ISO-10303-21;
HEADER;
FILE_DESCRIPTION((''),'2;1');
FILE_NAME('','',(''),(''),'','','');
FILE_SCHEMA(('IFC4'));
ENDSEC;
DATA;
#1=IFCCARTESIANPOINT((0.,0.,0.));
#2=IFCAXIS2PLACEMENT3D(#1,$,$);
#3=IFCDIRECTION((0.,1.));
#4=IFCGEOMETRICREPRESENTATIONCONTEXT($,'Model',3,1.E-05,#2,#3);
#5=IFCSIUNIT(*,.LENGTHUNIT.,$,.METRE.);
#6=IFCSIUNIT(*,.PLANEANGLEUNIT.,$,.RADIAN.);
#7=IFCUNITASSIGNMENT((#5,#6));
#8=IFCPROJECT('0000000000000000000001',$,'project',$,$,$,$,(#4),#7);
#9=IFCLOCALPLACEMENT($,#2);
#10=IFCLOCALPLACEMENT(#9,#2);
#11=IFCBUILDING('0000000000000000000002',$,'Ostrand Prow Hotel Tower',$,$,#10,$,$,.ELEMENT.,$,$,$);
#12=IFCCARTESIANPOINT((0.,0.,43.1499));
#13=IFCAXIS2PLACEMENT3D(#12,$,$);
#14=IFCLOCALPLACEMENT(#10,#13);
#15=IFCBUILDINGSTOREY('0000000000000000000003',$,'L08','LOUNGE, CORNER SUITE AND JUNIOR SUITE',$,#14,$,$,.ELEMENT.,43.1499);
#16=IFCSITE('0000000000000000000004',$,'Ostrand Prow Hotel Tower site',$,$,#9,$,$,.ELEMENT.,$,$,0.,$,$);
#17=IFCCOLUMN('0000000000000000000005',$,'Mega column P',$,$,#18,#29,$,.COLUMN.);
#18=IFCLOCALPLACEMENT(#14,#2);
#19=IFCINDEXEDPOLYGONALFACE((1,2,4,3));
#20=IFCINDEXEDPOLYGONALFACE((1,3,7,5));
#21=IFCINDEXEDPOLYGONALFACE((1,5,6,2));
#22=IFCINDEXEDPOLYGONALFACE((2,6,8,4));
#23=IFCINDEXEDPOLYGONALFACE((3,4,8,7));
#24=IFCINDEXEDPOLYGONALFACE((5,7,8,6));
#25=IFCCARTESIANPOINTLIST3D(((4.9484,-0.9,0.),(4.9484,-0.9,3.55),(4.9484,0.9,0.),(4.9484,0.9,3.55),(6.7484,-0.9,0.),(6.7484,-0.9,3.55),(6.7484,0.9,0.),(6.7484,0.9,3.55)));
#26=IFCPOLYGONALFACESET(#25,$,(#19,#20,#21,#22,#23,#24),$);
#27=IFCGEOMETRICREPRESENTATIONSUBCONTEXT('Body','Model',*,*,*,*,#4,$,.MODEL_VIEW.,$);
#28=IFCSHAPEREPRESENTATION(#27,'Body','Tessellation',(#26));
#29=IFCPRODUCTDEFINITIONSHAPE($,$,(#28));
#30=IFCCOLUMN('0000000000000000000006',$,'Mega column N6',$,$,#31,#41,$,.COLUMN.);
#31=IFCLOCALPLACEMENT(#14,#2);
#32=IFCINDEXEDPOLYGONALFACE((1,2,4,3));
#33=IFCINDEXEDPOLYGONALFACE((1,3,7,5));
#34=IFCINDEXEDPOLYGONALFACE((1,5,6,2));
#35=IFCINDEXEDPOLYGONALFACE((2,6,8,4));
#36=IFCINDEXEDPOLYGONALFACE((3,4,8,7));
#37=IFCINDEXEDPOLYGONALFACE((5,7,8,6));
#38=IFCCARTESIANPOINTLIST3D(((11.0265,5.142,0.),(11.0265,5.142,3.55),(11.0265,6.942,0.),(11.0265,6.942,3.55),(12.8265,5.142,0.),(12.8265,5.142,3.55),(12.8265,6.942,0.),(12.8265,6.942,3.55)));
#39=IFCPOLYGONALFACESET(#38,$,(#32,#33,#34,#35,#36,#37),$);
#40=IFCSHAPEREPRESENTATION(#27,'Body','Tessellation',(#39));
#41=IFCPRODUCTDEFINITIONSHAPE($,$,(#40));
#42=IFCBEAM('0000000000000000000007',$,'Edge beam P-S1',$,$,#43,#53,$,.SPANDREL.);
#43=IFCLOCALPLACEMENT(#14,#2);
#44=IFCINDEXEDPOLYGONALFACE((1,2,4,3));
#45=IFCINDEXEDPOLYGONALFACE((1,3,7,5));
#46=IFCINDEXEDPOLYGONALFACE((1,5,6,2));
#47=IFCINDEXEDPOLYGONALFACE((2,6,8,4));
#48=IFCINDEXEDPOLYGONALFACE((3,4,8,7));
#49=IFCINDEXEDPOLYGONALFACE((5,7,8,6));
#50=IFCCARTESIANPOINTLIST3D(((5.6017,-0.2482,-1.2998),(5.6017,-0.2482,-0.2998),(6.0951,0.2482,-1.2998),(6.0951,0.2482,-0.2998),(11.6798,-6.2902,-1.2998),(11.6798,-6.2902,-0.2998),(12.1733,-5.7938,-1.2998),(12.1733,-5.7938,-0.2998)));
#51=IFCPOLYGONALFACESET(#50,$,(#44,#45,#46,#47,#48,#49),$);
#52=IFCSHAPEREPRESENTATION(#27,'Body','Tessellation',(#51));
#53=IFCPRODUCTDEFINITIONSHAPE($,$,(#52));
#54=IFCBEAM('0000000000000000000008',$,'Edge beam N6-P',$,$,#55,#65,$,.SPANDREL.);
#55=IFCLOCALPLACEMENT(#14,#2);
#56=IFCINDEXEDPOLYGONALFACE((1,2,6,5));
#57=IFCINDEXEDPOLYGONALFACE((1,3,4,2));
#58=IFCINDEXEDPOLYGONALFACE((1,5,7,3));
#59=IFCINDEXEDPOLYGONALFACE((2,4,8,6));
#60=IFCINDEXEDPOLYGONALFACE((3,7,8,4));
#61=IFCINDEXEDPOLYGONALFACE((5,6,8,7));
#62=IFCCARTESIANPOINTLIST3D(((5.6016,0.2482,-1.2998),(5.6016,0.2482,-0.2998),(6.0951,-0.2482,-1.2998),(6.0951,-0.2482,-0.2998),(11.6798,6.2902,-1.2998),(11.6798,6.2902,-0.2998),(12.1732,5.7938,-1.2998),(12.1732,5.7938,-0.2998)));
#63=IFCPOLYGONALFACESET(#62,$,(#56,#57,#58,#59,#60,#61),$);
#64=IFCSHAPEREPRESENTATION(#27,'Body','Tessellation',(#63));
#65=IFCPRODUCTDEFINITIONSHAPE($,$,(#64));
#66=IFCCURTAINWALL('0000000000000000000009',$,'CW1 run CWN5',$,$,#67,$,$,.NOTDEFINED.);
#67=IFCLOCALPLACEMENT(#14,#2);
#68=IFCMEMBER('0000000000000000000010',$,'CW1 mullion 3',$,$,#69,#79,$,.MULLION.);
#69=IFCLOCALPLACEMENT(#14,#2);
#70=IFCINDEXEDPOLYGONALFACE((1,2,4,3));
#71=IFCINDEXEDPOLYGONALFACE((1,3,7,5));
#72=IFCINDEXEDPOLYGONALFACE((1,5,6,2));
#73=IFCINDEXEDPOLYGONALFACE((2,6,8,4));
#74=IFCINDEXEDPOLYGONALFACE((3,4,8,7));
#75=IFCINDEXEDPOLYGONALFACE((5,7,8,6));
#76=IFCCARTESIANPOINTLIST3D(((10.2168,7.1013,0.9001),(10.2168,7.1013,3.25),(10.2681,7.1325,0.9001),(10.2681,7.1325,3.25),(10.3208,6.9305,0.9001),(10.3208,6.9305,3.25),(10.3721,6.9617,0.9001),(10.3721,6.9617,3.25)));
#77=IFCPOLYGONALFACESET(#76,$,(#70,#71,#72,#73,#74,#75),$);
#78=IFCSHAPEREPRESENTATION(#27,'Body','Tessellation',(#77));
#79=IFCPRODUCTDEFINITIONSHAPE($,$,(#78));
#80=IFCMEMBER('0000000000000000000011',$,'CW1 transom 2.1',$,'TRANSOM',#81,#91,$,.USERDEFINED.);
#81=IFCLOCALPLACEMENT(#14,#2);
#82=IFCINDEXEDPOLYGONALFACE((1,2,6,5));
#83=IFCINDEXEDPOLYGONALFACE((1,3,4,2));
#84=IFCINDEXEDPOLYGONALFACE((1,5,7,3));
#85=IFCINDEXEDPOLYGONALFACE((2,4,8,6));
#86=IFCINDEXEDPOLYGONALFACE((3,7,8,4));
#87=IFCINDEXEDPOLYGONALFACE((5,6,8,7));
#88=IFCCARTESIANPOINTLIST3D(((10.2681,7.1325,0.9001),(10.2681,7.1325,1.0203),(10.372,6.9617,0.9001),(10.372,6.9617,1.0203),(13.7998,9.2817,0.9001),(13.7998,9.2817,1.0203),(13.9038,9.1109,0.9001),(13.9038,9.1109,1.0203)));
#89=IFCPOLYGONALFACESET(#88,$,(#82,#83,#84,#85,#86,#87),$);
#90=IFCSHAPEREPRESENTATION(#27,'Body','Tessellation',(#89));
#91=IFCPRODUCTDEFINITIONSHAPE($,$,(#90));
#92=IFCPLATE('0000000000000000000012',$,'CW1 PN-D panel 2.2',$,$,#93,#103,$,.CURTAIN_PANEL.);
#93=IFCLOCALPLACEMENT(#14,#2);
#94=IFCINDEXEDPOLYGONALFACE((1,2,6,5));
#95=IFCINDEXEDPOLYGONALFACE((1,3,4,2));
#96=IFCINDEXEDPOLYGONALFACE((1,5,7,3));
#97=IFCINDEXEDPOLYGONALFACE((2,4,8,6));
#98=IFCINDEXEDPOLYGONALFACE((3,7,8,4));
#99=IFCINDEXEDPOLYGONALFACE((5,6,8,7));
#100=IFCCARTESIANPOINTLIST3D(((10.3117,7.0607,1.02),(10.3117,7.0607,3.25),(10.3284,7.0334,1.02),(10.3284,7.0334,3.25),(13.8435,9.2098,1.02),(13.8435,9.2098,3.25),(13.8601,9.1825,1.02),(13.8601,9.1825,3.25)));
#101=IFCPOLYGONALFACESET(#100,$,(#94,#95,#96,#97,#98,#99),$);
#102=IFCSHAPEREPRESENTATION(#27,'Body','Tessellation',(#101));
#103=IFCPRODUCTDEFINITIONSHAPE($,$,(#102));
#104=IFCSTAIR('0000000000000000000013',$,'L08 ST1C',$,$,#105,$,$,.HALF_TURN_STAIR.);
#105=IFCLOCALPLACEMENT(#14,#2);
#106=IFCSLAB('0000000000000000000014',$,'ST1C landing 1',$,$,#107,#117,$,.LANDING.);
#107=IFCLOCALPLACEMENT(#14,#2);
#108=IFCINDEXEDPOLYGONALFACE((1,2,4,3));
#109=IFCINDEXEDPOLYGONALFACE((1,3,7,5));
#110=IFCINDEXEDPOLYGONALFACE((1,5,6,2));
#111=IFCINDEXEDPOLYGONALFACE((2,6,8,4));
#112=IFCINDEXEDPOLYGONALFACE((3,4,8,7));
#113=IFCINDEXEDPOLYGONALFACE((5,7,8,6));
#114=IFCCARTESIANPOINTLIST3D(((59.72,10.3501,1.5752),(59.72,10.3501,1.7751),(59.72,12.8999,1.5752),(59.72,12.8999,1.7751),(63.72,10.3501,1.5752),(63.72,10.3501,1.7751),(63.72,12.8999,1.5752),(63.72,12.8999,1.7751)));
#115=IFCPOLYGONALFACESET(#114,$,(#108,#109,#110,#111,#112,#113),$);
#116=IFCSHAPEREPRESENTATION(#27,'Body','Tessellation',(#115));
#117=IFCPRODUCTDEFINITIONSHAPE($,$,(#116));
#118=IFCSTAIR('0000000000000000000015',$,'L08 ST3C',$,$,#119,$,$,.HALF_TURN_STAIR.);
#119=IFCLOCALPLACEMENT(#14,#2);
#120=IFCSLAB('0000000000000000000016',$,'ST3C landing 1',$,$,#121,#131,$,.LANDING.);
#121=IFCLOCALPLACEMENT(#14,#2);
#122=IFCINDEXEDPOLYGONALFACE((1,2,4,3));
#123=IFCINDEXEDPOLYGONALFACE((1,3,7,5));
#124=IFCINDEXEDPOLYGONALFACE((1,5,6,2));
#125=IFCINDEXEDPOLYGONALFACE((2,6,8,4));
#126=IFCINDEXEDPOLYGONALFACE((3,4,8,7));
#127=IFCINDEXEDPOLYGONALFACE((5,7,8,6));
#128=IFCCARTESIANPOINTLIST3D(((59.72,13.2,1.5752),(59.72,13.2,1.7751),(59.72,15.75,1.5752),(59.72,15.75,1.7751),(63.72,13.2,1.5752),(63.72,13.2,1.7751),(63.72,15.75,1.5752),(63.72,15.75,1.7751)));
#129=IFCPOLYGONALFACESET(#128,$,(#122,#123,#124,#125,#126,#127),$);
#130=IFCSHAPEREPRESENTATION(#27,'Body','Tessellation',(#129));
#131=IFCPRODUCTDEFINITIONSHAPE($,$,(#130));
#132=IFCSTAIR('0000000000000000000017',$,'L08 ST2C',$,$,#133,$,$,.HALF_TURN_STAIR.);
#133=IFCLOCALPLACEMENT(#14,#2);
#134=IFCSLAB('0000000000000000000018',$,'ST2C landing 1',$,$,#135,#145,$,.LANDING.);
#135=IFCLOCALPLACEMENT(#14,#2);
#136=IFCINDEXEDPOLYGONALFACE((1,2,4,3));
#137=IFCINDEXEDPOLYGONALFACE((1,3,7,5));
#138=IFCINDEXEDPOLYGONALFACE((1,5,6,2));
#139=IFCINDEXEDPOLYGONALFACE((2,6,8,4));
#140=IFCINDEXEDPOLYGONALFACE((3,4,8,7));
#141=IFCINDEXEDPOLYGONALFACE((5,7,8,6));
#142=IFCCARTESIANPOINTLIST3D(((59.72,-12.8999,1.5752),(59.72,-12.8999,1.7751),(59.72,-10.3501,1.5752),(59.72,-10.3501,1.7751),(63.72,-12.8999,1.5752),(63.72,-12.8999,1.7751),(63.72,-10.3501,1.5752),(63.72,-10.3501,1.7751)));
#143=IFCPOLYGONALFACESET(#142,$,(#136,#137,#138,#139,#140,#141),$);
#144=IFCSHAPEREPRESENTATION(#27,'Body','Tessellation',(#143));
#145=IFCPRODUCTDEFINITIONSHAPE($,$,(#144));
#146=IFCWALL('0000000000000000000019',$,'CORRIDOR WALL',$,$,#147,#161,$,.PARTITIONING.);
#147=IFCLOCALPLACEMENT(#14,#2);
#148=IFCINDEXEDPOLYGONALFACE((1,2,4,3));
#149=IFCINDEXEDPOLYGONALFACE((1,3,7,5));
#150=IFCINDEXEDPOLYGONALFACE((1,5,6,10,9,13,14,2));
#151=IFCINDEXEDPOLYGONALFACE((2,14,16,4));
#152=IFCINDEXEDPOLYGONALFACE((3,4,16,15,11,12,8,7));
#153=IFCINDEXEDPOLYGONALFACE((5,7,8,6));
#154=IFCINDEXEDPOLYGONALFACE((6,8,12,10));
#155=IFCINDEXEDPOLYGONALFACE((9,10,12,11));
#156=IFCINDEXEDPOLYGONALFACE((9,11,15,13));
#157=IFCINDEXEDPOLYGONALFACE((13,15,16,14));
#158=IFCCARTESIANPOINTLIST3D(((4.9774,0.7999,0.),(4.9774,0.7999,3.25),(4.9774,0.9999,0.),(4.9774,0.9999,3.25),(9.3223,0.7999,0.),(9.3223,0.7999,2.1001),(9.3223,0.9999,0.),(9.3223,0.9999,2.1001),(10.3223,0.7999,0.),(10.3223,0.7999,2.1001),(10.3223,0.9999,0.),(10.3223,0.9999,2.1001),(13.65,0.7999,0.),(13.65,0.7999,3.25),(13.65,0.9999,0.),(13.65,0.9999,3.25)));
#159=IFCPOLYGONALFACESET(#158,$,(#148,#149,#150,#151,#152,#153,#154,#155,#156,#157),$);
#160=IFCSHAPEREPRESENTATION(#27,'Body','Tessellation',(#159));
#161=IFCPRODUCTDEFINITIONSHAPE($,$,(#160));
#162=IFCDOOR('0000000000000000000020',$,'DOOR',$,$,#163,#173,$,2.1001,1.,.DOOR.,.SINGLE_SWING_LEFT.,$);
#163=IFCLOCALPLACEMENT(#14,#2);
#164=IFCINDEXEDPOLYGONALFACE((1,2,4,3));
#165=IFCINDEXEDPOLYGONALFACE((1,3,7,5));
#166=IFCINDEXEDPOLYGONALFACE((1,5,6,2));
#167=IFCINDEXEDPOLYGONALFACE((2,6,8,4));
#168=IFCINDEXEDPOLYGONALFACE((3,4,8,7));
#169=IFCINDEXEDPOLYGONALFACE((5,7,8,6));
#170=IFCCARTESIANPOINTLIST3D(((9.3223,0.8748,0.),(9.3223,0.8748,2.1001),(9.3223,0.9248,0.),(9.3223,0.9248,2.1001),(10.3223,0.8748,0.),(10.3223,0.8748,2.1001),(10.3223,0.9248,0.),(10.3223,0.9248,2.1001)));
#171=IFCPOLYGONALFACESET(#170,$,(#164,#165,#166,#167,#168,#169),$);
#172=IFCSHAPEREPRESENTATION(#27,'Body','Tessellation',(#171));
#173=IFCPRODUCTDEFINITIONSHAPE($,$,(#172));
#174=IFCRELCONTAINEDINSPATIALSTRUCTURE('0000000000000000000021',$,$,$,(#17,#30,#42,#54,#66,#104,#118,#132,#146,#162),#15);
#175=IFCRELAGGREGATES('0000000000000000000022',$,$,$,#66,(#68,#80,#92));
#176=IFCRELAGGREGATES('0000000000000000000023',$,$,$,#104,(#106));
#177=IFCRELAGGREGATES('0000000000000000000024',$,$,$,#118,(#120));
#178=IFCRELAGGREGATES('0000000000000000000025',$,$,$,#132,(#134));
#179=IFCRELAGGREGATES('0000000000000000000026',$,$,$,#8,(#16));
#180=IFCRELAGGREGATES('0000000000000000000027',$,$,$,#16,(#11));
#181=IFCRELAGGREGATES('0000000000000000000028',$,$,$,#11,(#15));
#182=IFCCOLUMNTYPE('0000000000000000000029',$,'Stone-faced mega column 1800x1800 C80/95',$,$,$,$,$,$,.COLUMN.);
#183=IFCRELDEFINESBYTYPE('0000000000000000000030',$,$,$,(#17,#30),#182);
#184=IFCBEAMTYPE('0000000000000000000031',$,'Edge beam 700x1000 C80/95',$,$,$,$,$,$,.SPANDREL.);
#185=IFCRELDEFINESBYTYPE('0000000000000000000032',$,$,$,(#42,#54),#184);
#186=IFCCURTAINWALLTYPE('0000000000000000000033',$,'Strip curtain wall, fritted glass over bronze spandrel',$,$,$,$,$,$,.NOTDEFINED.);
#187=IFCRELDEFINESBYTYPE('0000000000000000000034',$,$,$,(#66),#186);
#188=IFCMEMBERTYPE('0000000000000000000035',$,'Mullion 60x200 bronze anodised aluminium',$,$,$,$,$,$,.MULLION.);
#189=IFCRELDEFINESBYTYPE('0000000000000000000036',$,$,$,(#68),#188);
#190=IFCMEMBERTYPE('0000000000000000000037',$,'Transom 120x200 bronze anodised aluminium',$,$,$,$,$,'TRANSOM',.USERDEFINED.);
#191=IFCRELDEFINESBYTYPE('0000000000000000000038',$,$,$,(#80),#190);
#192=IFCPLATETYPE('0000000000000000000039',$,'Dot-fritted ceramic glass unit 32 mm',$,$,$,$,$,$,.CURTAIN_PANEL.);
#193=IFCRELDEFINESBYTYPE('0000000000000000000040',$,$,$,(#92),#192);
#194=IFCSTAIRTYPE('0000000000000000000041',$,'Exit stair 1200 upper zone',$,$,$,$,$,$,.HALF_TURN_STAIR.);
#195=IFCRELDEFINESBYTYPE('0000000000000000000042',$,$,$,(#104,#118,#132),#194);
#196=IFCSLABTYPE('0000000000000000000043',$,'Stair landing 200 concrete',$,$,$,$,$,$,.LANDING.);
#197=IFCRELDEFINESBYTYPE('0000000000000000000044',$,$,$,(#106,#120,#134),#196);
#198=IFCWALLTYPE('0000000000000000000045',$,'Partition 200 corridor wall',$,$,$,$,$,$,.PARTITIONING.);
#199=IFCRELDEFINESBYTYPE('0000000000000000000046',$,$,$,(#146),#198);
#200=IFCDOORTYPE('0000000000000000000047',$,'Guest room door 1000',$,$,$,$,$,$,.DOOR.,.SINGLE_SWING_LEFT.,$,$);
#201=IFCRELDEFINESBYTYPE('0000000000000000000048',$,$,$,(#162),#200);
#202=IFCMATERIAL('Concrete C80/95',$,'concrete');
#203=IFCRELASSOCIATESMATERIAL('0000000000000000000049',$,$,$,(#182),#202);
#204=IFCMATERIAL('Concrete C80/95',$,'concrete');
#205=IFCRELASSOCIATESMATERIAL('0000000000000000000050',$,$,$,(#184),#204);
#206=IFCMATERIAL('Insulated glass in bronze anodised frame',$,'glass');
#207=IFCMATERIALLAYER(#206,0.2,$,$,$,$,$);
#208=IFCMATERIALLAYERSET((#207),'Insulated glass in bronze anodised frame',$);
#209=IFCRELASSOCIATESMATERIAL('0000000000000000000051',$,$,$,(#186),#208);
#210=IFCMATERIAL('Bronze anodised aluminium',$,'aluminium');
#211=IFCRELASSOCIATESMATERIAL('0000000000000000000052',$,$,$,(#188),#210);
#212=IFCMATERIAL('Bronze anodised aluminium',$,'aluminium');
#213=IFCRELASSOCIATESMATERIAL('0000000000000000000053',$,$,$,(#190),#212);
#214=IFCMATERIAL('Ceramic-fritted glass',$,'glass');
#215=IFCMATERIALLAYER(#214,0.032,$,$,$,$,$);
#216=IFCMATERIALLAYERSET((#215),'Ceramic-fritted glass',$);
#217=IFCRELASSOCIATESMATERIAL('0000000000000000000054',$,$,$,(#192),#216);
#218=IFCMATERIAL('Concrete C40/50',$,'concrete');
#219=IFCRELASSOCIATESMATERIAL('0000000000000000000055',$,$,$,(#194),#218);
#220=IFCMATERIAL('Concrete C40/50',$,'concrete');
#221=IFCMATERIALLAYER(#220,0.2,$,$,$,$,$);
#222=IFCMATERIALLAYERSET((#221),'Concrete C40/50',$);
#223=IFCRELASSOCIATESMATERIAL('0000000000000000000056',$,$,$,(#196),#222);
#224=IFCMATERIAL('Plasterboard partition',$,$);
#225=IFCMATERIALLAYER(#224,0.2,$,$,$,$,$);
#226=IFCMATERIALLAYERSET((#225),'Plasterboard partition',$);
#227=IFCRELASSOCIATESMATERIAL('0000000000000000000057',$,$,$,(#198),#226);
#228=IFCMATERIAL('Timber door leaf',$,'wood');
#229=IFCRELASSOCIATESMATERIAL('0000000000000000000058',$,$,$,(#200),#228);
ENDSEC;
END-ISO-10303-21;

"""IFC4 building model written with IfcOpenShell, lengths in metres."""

from ifc_helpers import new_model, si_unit, direction, frame, frame_2d, origin, origin_2d, place, context, subcontext, project, spatial, polyline, rectangle, outline, extrude, material, layer, layer_set, material_profile, profile_set, type_object, element, fill, aggregate, save


model = new_model("IFC4")

# Units and contexts
model_context = context("Model", 3, precision=1e-05, world=origin(), true_north=direction((0.0, 1.0)))
body_context = subcontext(model_context, "Body", "Model", "MODEL_VIEW")
ifc_project = project(units=[si_unit("LENGTHUNIT", "METRE"), si_unit("PLANEANGLEUNIT", "RADIAN")], contexts=[model_context])

# Site, building, storey
site_placement = place(None, origin())
site = spatial("IfcSite", under=ifc_project, at=site_placement, Name="Ostrand Prow Hotel Tower site", CompositionType="ELEMENT", RefElevation=0.0)
building_placement = place(site_placement, origin())
building = spatial("IfcBuilding", under=site, at=building_placement, Name="Ostrand Prow Hotel Tower", CompositionType="ELEMENT")
storey_placement = place(building_placement, frame((0.0, 0.0, 43.1499)))
storey = spatial("IfcBuildingStorey", under=building, at=storey_placement, Name="L08", Description="LOUNGE, CORNER SUITE AND JUNIOR SUITE", CompositionType="ELEMENT", Elevation=43.1499)

# Columns
ifc_material_1 = material(Name="Concrete C80/95", Category="concrete")
ifc_material_profile_1 = material_profile(ifc_material_1, rectangle(XDim=1.8, YDim=1.8, at=origin_2d()), Name="RC 1800x1800")
ifc_profile_set_1 = profile_set([ifc_material_profile_1], Name="Concrete C80/95")
column_type = type_object("IfcColumnType", Name="Stone-faced mega column 1800x1800 C80/95", PredefinedType="COLUMN", material=ifc_profile_set_1)
for number, where, z_axis, x_axis, name in (
    (1, (5.8484, 0.0, 0.0), (0.0, 0.0, 1.0), (1.0, 0.0, 0.0), "Mega column P"),
    (2, (11.9265, 6.042, 0.0), (0.0, 0.0, 1.0), (1.0, 0.0, 0.0), "Mega column N6"),
):
    element("IfcColumn", number, at=place(storey_placement, frame(where, z_axis=z_axis, x_axis=x_axis)), inside=storey, type_object=column_type, Name=name, PredefinedType="COLUMN", context=body_context, shape_type="SweptSolid", body=[
        extrude(rectangle(XDim=1.8, YDim=1.8, at=origin_2d()), origin(), (0.0, 0.0, 1.0), 3.55),
    ])

# Beams
ifc_material_2 = material(Name="Concrete C80/95", Category="concrete")
ifc_material_profile_2 = material_profile(ifc_material_2, rectangle(XDim=0.7, YDim=1.0, at=origin_2d()), Name="RC 700x1000")
ifc_profile_set_2 = profile_set([ifc_material_profile_2], Name="Concrete C80/95")
beam_type = type_object("IfcBeamType", Name="Edge beam 700x1000 C80/95", PredefinedType="SPANDREL", material=ifc_profile_set_2)
for number, where, z_axis, x_axis, name in (
    (3, (5.8484, 0.0, -0.7998), (0.709212, -0.704996, 0.0), (0.704996, 0.709212, 0.0), "Edge beam P-S1"),
    (4, (11.9265, 6.042, -0.7998), (-0.709212, -0.704996, 0.0), (0.704996, -0.709212, 0.0), "Edge beam N6-P"),
):
    element("IfcBeam", number, at=place(storey_placement, frame(where, z_axis=z_axis, x_axis=x_axis)), inside=storey, type_object=beam_type, Name=name, PredefinedType="SPANDREL", context=body_context, shape_type="SweptSolid", body=[
        extrude(rectangle(XDim=0.7, YDim=1.0, at=origin_2d()), origin(), (0.0, 0.0, 1.0), 8.5703),
    ])

# Curtain wall, members, plate
ifc_material_3 = material(Name="Insulated glass in bronze anodised frame", Category="glass")
ifc_layer_1 = layer(ifc_material_3, 0.2)
ifc_layer_set_1 = layer_set([ifc_layer_1], Name="Insulated glass in bronze anodised frame")
curtain_wall_type = type_object("IfcCurtainWallType", Name="Strip curtain wall, fritted glass over bronze spandrel", PredefinedType="NOTDEFINED", material=ifc_layer_set_1)
curtain_wall_placement = place(storey_placement, origin())
curtain_wall = element("IfcCurtainWall", 5, at=curtain_wall_placement, inside=storey, type_object=curtain_wall_type, Name="CW1 run CWN5", PredefinedType="NOTDEFINED")
ifc_material_4 = material(Name="Bronze anodised aluminium", Category="aluminium")
ifc_material_profile_3 = material_profile(ifc_material_4, rectangle(XDim=0.2, YDim=0.0601, at=origin_2d()), Name="Mullion 60x200 bronze anodised aluminium")
ifc_profile_set_3 = profile_set([ifc_material_profile_3], Name="Bronze anodised aluminium")
member_type_1 = type_object("IfcMemberType", Name="Mullion 60x200 bronze anodised aluminium", PredefinedType="MULLION", material=ifc_profile_set_3)
member_1_placement = place(storey_placement, frame((10.2944, 7.0315, 0.9001), z_axis=(0.0, 0.0, 1.0), x_axis=(0.519831, -0.854269, 0.0)))
member_1 = element("IfcMember", 6, at=member_1_placement, type_object=member_type_1, Name="CW1 mullion 3", PredefinedType="MULLION", context=body_context, shape_type="SweptSolid", body=[
    extrude(rectangle(XDim=0.2, YDim=0.0601, at=origin_2d()), origin(), (0.0, 0.0, 1.0), 2.3499),
])
ifc_material_5 = material(Name="Bronze anodised aluminium", Category="aluminium")
ifc_material_profile_4 = material_profile(ifc_material_5, rectangle(XDim=0.2, YDim=0.1201, at=origin_2d()), Name="Transom 120x200 bronze anodised aluminium")
ifc_profile_set_4 = profile_set([ifc_material_profile_4], Name="Bronze anodised aluminium")
member_type_2 = type_object("IfcMemberType", Name="Transom 120x200 bronze anodised aluminium", ElementType="TRANSOM", PredefinedType="USERDEFINED", material=ifc_profile_set_4)
member_2_placement = place(storey_placement, frame((13.8518, 9.1963, 0.9602), z_axis=(-0.854261, -0.519844, 0.0), x_axis=(0.519844, -0.854261, 0.0)))
member_2 = element("IfcMember", 7, at=member_2_placement, type_object=member_type_2, Name="CW1 transom 2.1", ObjectType="TRANSOM", PredefinedType="USERDEFINED", context=body_context, shape_type="SweptSolid", body=[
    extrude(rectangle(XDim=0.2, YDim=0.1201, at=origin_2d()), origin(), (0.0, 0.0, 1.0), 4.1343),
])
ifc_material_6 = material(Name="Ceramic-fritted glass", Category="glass")
ifc_layer_2 = layer(ifc_material_6, 0.032)
ifc_layer_set_2 = layer_set([ifc_layer_2], Name="Ceramic-fritted glass")
plate_type = type_object("IfcPlateType", Name="Dot-fritted ceramic glass unit 32 mm", PredefinedType="CURTAIN_PANEL", material=ifc_layer_set_2)
plate_placement = place(storey_placement, frame((12.0859, 8.1216, 1.02), z_axis=(0.0, 0.0, 1.0), x_axis=(-0.854269, -0.519831, 0.0)))
plate = element("IfcPlate", 8, at=plate_placement, type_object=plate_type, Name="CW1 PN-D panel 2.2", PredefinedType="CURTAIN_PANEL", context=body_context, shape_type="SweptSolid", body=[
    extrude(rectangle(XDim=4.1343, YDim=0.032, at=origin_2d()), origin(), (0.0, 0.0, 1.0), 2.23),
])
aggregate(curtain_wall, [member_1, member_2, plate])

# Stairs, slabs
ifc_material_7 = material(Name="Concrete C40/50", Category="concrete")
stair_type = type_object("IfcStairType", Name="Exit stair 1200 upper zone", PredefinedType="HALF_TURN_STAIR", material=ifc_material_7)
stair_1_placement = place(storey_placement, origin())
stair_1 = element("IfcStair", 9, at=stair_1_placement, inside=storey, type_object=stair_type, Name="L08 ST1C", PredefinedType="HALF_TURN_STAIR")
ifc_material_8 = material(Name="Concrete C40/50", Category="concrete")
ifc_layer_3 = layer(ifc_material_8, 0.2)
ifc_layer_set_3 = layer_set([ifc_layer_3], Name="Concrete C40/50")
slab_type = type_object("IfcSlabType", Name="Stair landing 200 concrete", PredefinedType="LANDING", material=ifc_layer_set_3)
slab_1_placement = place(storey_placement, frame((0.0, 0.0, 1.5752)))
slab_1 = element("IfcSlab", 10, at=slab_1_placement, type_object=slab_type, Name="ST1C landing 1", PredefinedType="LANDING", context=body_context, shape_type="SweptSolid", body=[
    extrude(outline(polyline([(59.72, 10.3501), (63.72, 10.3501), (63.72, 12.8999), (59.72, 12.8999), (59.72, 10.3501)])), origin(), (0.0, 0.0, 1.0), 0.2),
])
aggregate(stair_1, [slab_1])
stair_2_placement = place(storey_placement, origin())
stair_2 = element("IfcStair", 11, at=stair_2_placement, inside=storey, type_object=stair_type, Name="L08 ST3C", PredefinedType="HALF_TURN_STAIR")
slab_2_placement = place(storey_placement, frame((0.0, 0.0, 1.5752)))
slab_2 = element("IfcSlab", 12, at=slab_2_placement, type_object=slab_type, Name="ST3C landing 1", PredefinedType="LANDING", context=body_context, shape_type="SweptSolid", body=[
    extrude(outline(polyline([(59.72, 13.2), (63.72, 13.2), (63.72, 15.75), (59.72, 15.75), (59.72, 13.2)])), origin(), (0.0, 0.0, 1.0), 0.2),
])
aggregate(stair_2, [slab_2])
stair_3_placement = place(storey_placement, origin())
stair_3 = element("IfcStair", 13, at=stair_3_placement, inside=storey, type_object=stair_type, Name="L08 ST2C", PredefinedType="HALF_TURN_STAIR")
slab_3_placement = place(storey_placement, frame((0.0, 0.0, 1.5752)))
slab_3 = element("IfcSlab", 14, at=slab_3_placement, type_object=slab_type, Name="ST2C landing 1", PredefinedType="LANDING", context=body_context, shape_type="SweptSolid", body=[
    extrude(outline(polyline([(59.72, -12.8999), (63.72, -12.8999), (63.72, -10.3501), (59.72, -10.3501), (59.72, -12.8999)])), origin(), (0.0, 0.0, 1.0), 0.2),
])
aggregate(stair_3, [slab_3])

# Wall, opening, door
ifc_material_9 = material(Name="Plasterboard partition")
ifc_layer_4 = layer(ifc_material_9, 0.2)
ifc_layer_set_4 = layer_set([ifc_layer_4], Name="Plasterboard partition")
wall_type_1 = type_object("IfcWallType", Name="Partition 200 corridor wall", PredefinedType="PARTITIONING", material=ifc_layer_set_4)
wall_1_placement = place(storey_placement, frame((4.9773, 0.8999, 0.0), z_axis=(0.0, 0.0, 1.0), x_axis=(1.0, 0.0, 0.0)))
wall_1 = element("IfcWall", 15, at=wall_1_placement, inside=storey, type_object=wall_type_1, Name="CORRIDOR WALL", PredefinedType="PARTITIONING", context=body_context, shape_type="SweptSolid", body=[
    extrude(rectangle(XDim=8.6726, YDim=0.2, at=frame_2d((4.3364, 0.0))), origin(), (0.0, 0.0, 1.0), 3.25),
])
opening_1_placement = place(wall_1_placement, frame((4.345, 0.0, 0.0)))
opening_1 = element("IfcOpeningElement", 16, at=opening_1_placement, cuts=wall_1, PredefinedType="OPENING", context=body_context, shape_type="SweptSolid", body=[
    extrude(rectangle(XDim=1.0, YDim=2.1001, at=frame_2d((0.5, 1.05))), frame((0.0, 0.1099, 0.0), z_axis=(0.0, -1.0, 0.0), x_axis=(1.0, 0.0, 0.0)), (0.0, 0.0, 1.0), 0.22),
])
ifc_material_10 = material(Name="Timber door leaf", Category="wood")
door_type = type_object("IfcDoorType", Name="Guest room door 1000", OperationType="SINGLE_SWING_LEFT", PredefinedType="DOOR", material=ifc_material_10)
door_placement = place(opening_1_placement, origin())
door = element("IfcDoor", 17, at=door_placement, inside=storey, type_object=door_type, Name="DOOR", OperationType="SINGLE_SWING_LEFT", OverallHeight=2.1001, OverallWidth=1.0, PredefinedType="DOOR", context=body_context, shape_type="SweptSolid", body=[
    extrude(rectangle(XDim=1.0, YDim=2.1001, at=frame_2d((0.5, 1.05))), frame((0.0, 0.0249, 0.0), z_axis=(0.0, -1.0, 0.0), x_axis=(1.0, 0.0, 0.0)), (0.0, 0.0, 1.0), 0.05),
])
fill(opening_1, door)

save(model, "model.ifc")
